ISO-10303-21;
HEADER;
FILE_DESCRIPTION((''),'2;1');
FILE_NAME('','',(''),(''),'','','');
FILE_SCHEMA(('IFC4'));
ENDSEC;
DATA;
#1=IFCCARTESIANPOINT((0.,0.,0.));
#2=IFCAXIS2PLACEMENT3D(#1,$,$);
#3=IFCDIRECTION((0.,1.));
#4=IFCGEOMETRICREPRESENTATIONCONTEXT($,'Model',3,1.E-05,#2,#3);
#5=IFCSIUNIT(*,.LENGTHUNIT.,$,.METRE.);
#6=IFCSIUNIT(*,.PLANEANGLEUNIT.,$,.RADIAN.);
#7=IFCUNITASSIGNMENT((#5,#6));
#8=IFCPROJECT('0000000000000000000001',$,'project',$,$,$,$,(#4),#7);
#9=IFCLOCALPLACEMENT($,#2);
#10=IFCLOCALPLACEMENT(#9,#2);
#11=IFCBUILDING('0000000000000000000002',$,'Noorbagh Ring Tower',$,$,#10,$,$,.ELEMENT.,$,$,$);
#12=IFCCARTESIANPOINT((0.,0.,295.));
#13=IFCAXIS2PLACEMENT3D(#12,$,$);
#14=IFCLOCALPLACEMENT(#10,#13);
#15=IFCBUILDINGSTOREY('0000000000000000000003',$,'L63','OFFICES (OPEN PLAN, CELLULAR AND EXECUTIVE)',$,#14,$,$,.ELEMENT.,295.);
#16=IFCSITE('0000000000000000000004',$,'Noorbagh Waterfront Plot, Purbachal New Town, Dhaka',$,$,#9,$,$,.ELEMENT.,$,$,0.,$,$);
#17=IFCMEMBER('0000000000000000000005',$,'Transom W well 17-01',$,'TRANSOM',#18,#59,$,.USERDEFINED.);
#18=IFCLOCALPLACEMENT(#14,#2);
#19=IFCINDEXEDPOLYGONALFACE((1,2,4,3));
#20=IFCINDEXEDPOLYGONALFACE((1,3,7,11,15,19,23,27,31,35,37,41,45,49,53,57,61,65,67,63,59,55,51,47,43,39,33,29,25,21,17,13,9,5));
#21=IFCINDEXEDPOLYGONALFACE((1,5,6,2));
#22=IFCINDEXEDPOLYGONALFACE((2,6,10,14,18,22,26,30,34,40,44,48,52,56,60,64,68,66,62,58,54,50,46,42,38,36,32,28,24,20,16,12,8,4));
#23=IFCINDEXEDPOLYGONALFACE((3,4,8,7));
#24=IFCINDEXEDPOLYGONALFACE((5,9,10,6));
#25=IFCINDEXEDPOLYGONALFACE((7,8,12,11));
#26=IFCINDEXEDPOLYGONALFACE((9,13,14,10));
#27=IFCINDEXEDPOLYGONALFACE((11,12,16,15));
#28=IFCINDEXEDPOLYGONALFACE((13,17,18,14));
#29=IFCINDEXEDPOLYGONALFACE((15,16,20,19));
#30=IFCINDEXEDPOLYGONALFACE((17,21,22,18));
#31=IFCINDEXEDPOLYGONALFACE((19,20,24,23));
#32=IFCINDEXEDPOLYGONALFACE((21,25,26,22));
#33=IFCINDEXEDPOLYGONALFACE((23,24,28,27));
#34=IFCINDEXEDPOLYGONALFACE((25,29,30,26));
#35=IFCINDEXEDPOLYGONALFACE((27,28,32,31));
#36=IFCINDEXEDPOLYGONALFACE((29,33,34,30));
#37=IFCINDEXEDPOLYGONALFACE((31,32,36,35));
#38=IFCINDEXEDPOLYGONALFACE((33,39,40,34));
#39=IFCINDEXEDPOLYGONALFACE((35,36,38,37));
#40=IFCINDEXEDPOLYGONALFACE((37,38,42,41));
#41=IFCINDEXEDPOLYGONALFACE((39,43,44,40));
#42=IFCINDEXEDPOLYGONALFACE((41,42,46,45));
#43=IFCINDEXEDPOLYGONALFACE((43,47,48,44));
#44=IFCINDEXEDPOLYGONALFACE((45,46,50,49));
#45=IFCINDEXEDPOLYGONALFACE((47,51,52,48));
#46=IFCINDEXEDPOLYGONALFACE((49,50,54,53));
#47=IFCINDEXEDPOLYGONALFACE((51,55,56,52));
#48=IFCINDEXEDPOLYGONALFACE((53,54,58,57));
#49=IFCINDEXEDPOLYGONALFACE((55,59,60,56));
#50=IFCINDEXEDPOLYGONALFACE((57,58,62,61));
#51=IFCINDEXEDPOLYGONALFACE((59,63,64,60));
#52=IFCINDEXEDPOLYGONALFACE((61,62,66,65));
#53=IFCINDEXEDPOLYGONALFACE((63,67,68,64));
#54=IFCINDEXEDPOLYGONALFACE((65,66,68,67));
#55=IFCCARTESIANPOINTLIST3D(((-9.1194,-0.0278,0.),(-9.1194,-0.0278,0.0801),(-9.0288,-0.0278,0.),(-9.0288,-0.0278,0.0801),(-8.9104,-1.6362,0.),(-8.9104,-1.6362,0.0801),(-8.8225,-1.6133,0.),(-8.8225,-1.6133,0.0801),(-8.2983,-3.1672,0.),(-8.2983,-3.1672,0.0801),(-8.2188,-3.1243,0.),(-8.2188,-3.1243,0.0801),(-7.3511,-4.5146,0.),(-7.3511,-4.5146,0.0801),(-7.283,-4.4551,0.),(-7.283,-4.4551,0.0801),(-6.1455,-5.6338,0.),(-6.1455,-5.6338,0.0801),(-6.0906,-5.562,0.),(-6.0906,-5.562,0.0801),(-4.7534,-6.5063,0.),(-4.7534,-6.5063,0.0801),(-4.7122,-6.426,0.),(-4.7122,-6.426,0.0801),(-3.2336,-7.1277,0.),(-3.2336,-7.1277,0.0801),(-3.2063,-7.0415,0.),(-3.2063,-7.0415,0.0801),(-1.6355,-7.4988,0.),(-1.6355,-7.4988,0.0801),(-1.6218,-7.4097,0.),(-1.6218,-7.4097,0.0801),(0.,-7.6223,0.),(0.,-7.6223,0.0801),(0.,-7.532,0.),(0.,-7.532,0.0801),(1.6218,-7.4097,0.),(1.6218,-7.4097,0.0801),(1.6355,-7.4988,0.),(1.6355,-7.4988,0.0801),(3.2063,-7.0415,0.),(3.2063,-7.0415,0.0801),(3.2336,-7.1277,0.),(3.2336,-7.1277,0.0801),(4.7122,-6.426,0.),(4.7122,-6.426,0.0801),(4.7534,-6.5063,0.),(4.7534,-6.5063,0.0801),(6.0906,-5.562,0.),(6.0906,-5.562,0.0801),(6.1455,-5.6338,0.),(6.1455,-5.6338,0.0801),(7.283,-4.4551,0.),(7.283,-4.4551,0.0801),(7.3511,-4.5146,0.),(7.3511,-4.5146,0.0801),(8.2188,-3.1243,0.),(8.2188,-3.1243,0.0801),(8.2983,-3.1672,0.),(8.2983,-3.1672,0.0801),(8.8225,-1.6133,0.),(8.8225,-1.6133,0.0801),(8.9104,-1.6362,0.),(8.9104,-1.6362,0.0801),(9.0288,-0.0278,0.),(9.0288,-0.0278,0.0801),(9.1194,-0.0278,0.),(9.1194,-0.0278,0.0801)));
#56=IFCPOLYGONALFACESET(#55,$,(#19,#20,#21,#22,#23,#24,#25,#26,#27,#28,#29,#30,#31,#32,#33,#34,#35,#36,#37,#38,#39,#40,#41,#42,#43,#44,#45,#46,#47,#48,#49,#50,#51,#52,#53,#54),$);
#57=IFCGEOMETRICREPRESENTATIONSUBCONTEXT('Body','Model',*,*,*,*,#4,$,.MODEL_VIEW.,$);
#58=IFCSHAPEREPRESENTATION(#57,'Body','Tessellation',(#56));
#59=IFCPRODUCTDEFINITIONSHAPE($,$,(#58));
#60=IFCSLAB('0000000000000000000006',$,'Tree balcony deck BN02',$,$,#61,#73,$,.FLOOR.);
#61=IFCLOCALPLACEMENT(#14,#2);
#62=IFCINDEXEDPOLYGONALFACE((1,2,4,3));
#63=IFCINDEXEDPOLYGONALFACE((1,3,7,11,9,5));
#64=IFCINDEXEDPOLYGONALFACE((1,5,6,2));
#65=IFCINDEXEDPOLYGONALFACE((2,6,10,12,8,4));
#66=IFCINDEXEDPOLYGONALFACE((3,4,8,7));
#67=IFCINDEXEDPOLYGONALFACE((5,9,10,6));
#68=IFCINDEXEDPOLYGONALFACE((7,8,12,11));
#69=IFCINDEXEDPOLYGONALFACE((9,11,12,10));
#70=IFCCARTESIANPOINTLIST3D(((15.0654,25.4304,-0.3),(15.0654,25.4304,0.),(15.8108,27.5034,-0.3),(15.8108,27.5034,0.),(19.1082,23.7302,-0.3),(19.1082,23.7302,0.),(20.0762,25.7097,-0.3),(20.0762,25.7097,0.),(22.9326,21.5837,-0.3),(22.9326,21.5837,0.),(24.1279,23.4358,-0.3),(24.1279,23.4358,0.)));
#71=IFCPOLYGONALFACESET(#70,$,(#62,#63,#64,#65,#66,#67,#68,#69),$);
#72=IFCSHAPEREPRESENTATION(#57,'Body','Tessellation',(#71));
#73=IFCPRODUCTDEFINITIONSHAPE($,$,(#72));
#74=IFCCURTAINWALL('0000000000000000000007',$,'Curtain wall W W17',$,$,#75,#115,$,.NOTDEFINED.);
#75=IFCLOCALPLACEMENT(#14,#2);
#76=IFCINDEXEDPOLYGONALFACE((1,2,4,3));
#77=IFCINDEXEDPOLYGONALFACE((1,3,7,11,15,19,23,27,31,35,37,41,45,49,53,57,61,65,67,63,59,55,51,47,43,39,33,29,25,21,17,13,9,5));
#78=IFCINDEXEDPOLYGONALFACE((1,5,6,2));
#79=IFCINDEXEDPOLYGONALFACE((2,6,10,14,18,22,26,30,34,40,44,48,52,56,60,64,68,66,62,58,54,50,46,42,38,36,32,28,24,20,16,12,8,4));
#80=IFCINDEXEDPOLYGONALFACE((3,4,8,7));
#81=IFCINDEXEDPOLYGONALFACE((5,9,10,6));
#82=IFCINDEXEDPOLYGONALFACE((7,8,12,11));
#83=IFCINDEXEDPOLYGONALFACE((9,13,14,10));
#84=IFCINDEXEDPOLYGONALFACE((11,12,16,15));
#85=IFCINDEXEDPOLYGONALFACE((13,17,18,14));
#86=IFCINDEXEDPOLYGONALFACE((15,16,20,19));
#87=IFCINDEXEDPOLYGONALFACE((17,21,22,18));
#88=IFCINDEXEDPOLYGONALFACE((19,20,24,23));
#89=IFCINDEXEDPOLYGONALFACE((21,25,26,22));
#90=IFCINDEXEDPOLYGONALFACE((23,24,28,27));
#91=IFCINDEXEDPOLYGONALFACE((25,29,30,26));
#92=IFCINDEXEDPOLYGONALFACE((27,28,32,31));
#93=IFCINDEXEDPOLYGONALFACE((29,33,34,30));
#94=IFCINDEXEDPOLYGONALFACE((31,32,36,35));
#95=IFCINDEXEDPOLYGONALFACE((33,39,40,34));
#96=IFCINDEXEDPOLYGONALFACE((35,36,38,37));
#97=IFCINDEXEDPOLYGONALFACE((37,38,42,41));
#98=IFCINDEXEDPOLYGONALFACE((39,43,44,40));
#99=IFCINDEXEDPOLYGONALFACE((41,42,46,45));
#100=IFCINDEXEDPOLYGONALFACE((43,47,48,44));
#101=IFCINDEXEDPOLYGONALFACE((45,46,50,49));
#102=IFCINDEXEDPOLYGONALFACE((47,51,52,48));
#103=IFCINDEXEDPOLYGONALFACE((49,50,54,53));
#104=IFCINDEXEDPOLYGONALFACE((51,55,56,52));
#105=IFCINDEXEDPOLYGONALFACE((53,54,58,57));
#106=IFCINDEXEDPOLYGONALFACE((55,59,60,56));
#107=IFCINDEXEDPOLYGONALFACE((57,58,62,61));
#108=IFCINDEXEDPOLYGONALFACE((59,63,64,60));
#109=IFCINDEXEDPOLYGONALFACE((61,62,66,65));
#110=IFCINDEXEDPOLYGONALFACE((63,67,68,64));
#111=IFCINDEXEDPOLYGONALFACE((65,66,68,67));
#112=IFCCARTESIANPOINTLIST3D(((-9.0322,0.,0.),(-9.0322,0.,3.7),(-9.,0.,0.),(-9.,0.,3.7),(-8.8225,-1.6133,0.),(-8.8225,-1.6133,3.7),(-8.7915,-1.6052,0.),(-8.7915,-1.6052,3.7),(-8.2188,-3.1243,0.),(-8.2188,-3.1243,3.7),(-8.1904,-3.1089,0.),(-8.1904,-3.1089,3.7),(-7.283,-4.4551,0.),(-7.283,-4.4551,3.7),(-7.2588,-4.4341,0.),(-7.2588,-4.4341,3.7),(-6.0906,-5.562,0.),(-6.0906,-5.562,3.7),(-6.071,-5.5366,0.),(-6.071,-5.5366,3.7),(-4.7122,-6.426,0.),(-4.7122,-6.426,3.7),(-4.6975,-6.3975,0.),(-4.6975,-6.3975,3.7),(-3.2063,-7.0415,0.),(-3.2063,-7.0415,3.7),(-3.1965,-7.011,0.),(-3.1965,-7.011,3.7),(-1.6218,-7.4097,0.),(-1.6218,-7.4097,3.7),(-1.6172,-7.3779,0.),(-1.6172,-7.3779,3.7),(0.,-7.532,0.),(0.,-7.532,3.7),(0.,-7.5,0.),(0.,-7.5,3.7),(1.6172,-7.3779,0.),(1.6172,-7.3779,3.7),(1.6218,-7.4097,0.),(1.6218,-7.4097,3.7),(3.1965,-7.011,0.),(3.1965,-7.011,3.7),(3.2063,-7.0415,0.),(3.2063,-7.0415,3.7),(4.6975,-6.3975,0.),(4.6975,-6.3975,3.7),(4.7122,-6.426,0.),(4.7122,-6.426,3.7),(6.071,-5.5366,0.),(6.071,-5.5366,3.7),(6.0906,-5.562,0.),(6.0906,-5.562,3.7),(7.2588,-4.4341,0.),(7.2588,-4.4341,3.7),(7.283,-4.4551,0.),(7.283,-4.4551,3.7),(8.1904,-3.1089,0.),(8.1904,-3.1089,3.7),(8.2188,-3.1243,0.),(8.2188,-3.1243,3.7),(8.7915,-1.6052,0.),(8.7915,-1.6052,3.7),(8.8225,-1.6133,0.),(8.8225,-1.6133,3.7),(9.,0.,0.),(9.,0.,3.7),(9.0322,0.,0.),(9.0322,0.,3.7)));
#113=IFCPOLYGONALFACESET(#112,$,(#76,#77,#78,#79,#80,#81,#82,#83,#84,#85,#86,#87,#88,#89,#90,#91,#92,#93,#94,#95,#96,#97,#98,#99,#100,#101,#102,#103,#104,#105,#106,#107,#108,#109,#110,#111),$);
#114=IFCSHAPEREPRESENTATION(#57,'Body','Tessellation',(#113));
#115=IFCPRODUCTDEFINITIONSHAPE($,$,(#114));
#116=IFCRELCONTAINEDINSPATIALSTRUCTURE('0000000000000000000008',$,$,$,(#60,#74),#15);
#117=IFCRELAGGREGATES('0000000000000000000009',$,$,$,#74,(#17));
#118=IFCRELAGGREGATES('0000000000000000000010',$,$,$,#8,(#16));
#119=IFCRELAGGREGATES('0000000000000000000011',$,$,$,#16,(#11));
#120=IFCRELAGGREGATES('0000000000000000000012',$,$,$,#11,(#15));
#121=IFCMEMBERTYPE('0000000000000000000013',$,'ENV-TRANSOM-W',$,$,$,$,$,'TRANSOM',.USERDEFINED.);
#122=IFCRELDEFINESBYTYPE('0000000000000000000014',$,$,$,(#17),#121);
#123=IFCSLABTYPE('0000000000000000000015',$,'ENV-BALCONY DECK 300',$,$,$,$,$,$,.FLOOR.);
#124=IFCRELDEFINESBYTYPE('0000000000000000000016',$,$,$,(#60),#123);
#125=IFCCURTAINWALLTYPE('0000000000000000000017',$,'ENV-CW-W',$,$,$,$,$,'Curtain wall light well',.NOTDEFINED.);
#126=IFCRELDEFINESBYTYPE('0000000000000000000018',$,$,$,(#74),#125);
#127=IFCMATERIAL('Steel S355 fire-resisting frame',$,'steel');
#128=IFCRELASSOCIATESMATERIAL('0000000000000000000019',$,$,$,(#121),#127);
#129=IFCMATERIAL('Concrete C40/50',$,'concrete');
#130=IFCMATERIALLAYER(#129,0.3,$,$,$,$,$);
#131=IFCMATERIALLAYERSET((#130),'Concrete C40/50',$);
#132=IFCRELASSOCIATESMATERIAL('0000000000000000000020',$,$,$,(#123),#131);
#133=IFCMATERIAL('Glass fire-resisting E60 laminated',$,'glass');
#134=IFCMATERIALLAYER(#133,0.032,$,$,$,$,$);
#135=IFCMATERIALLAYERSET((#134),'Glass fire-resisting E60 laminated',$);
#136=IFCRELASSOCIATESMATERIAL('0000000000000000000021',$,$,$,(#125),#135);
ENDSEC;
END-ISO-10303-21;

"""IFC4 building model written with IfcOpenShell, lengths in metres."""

from ifc_helpers import new_model, si_unit, direction, frame, origin, place, context, subcontext, project, spatial, polyline, outline, extrude, material, layer, layer_set, type_object, element, aggregate, save


model = new_model("IFC4")

# Units and contexts
model_context = context("Model", 3, precision=1e-05, world=origin(), true_north=direction((0.0, 1.0)))
body_context = subcontext(model_context, "Body", "Model", "MODEL_VIEW")
ifc_project = project(units=[si_unit("LENGTHUNIT", "METRE"), si_unit("PLANEANGLEUNIT", "RADIAN")], contexts=[model_context])

# Member
site_placement = place(None, origin())
building_placement = place(site_placement, origin())
storey_placement = place(building_placement, frame((0.0, 0.0, 295.0)))
ifc_material_1 = material(Name="Steel S355 fire-resisting frame", Category="steel")
member_type_1 = type_object("IfcMemberType", Name="ENV-TRANSOM-W", ElementType="TRANSOM", PredefinedType="USERDEFINED", material=ifc_material_1)
member_1_placement = place(storey_placement, origin())
member_1 = element("IfcMember", 1, at=member_1_placement, type_object=member_type_1, Name="Transom W well 17-01", ObjectType="TRANSOM", PredefinedType="USERDEFINED", context=body_context, shape_type="SweptSolid", body=[
    extrude(outline(polyline([(-9.1194, -0.0278), (-8.9104, -1.6362), (-8.2983, -3.1672), (-7.3511, -4.5146), (-6.1455, -5.6338), (-4.7534, -6.5063), (-3.2336, -7.1277), (-1.6355, -7.4988), (0.0, -7.6223), (1.6355, -7.4988), (3.2336, -7.1277), (4.7534, -6.5063), (6.1455, -5.6338), (7.3511, -4.5146), (8.2983, -3.1672), (8.9104, -1.6362), (9.1194, -0.0278), (9.0288, -0.0278), (8.8225, -1.6133), (8.2188, -3.1243), (7.283, -4.4551), (6.0906, -5.562), (4.7122, -6.426), (3.2063, -7.0415), (1.6218, -7.4097), (0.0, -7.532), (-1.6218, -7.4097), (-3.2063, -7.0415), (-4.7122, -6.426), (-6.0906, -5.562), (-7.283, -4.4551), (-8.2188, -3.1243), (-8.8225, -1.6133), (-9.0288, -0.0278), (-9.1194, -0.0278)])), origin(), (0.0, 0.0, 1.0), 0.0801),
])

# Site, building, storey
site = spatial("IfcSite", under=ifc_project, at=site_placement, Name="Noorbagh Waterfront Plot, Purbachal New Town, Dhaka", CompositionType="ELEMENT", RefElevation=0.0)
building = spatial("IfcBuilding", under=site, at=building_placement, Name="Noorbagh Ring Tower", CompositionType="ELEMENT")
storey = spatial("IfcBuildingStorey", under=building, at=storey_placement, Name="L63", Description="OFFICES (OPEN PLAN, CELLULAR AND EXECUTIVE)", CompositionType="ELEMENT", Elevation=295.0)

# Slab
ifc_material_2 = material(Name="Concrete C40/50", Category="concrete")
ifc_layer_1 = layer(ifc_material_2, 0.3)
ifc_layer_set_1 = layer_set([ifc_layer_1], Name="Concrete C40/50")
slab_type = type_object("IfcSlabType", Name="ENV-BALCONY DECK 300", PredefinedType="FLOOR", material=ifc_layer_set_1)
slab_placement = place(storey_placement, frame((0.0, 0.0, -0.3)))
element("IfcSlab", 2, at=slab_placement, inside=storey, type_object=slab_type, Name="Tree balcony deck BN02", PredefinedType="FLOOR", context=body_context, shape_type="SweptSolid", body=[
    extrude(outline(polyline([(24.1279, 23.4358), (20.0762, 25.7097), (15.8108, 27.5034), (15.0654, 25.4304), (19.1082, 23.7302), (22.9326, 21.5837), (24.1279, 23.4358)])), origin(), (0.0, 0.0, 1.0), 0.3),
])

# Curtain wall
ifc_material_3 = material(Name="Glass fire-resisting E60 laminated", Category="glass")
ifc_layer_2 = layer(ifc_material_3, 0.032)
ifc_layer_set_2 = layer_set([ifc_layer_2], Name="Glass fire-resisting E60 laminated")
curtain_wall_type_1 = type_object("IfcCurtainWallType", Name="ENV-CW-W", ElementType="Curtain wall light well", PredefinedType="NOTDEFINED", material=ifc_layer_set_2)
curtain_wall_1_placement = place(storey_placement, origin())
curtain_wall_1 = element("IfcCurtainWall", 3, at=curtain_wall_1_placement, inside=storey, type_object=curtain_wall_type_1, Name="Curtain wall W W17", PredefinedType="NOTDEFINED", context=body_context, shape_type="SweptSolid", body=[
    extrude(outline(polyline([(-9.0322, 0.0), (-8.8225, -1.6133), (-8.2188, -3.1243), (-7.283, -4.4551), (-6.0906, -5.562), (-4.7122, -6.426), (-3.2063, -7.0415), (-1.6218, -7.4097), (0.0, -7.532), (1.6218, -7.4097), (3.2063, -7.0415), (4.7122, -6.426), (6.0906, -5.562), (7.283, -4.4551), (8.2188, -3.1243), (8.8225, -1.6133), (9.0322, 0.0), (9.0, 0.0), (8.7915, -1.6052), (8.1904, -3.1089), (7.2588, -4.4341), (6.071, -5.5366), (4.6975, -6.3975), (3.1965, -7.011), (1.6172, -7.3779), (0.0, -7.5), (-1.6172, -7.3779), (-3.1965, -7.011), (-4.6975, -6.3975), (-6.071, -5.5366), (-7.2588, -4.4341), (-8.1904, -3.1089), (-8.7915, -1.6052), (-9.0, 0.0), (-9.0322, 0.0)])), origin(), (0.0, 0.0, 1.0), 3.7),
])
aggregate(curtain_wall_1, [member_1])

save(model, "model.ifc")
